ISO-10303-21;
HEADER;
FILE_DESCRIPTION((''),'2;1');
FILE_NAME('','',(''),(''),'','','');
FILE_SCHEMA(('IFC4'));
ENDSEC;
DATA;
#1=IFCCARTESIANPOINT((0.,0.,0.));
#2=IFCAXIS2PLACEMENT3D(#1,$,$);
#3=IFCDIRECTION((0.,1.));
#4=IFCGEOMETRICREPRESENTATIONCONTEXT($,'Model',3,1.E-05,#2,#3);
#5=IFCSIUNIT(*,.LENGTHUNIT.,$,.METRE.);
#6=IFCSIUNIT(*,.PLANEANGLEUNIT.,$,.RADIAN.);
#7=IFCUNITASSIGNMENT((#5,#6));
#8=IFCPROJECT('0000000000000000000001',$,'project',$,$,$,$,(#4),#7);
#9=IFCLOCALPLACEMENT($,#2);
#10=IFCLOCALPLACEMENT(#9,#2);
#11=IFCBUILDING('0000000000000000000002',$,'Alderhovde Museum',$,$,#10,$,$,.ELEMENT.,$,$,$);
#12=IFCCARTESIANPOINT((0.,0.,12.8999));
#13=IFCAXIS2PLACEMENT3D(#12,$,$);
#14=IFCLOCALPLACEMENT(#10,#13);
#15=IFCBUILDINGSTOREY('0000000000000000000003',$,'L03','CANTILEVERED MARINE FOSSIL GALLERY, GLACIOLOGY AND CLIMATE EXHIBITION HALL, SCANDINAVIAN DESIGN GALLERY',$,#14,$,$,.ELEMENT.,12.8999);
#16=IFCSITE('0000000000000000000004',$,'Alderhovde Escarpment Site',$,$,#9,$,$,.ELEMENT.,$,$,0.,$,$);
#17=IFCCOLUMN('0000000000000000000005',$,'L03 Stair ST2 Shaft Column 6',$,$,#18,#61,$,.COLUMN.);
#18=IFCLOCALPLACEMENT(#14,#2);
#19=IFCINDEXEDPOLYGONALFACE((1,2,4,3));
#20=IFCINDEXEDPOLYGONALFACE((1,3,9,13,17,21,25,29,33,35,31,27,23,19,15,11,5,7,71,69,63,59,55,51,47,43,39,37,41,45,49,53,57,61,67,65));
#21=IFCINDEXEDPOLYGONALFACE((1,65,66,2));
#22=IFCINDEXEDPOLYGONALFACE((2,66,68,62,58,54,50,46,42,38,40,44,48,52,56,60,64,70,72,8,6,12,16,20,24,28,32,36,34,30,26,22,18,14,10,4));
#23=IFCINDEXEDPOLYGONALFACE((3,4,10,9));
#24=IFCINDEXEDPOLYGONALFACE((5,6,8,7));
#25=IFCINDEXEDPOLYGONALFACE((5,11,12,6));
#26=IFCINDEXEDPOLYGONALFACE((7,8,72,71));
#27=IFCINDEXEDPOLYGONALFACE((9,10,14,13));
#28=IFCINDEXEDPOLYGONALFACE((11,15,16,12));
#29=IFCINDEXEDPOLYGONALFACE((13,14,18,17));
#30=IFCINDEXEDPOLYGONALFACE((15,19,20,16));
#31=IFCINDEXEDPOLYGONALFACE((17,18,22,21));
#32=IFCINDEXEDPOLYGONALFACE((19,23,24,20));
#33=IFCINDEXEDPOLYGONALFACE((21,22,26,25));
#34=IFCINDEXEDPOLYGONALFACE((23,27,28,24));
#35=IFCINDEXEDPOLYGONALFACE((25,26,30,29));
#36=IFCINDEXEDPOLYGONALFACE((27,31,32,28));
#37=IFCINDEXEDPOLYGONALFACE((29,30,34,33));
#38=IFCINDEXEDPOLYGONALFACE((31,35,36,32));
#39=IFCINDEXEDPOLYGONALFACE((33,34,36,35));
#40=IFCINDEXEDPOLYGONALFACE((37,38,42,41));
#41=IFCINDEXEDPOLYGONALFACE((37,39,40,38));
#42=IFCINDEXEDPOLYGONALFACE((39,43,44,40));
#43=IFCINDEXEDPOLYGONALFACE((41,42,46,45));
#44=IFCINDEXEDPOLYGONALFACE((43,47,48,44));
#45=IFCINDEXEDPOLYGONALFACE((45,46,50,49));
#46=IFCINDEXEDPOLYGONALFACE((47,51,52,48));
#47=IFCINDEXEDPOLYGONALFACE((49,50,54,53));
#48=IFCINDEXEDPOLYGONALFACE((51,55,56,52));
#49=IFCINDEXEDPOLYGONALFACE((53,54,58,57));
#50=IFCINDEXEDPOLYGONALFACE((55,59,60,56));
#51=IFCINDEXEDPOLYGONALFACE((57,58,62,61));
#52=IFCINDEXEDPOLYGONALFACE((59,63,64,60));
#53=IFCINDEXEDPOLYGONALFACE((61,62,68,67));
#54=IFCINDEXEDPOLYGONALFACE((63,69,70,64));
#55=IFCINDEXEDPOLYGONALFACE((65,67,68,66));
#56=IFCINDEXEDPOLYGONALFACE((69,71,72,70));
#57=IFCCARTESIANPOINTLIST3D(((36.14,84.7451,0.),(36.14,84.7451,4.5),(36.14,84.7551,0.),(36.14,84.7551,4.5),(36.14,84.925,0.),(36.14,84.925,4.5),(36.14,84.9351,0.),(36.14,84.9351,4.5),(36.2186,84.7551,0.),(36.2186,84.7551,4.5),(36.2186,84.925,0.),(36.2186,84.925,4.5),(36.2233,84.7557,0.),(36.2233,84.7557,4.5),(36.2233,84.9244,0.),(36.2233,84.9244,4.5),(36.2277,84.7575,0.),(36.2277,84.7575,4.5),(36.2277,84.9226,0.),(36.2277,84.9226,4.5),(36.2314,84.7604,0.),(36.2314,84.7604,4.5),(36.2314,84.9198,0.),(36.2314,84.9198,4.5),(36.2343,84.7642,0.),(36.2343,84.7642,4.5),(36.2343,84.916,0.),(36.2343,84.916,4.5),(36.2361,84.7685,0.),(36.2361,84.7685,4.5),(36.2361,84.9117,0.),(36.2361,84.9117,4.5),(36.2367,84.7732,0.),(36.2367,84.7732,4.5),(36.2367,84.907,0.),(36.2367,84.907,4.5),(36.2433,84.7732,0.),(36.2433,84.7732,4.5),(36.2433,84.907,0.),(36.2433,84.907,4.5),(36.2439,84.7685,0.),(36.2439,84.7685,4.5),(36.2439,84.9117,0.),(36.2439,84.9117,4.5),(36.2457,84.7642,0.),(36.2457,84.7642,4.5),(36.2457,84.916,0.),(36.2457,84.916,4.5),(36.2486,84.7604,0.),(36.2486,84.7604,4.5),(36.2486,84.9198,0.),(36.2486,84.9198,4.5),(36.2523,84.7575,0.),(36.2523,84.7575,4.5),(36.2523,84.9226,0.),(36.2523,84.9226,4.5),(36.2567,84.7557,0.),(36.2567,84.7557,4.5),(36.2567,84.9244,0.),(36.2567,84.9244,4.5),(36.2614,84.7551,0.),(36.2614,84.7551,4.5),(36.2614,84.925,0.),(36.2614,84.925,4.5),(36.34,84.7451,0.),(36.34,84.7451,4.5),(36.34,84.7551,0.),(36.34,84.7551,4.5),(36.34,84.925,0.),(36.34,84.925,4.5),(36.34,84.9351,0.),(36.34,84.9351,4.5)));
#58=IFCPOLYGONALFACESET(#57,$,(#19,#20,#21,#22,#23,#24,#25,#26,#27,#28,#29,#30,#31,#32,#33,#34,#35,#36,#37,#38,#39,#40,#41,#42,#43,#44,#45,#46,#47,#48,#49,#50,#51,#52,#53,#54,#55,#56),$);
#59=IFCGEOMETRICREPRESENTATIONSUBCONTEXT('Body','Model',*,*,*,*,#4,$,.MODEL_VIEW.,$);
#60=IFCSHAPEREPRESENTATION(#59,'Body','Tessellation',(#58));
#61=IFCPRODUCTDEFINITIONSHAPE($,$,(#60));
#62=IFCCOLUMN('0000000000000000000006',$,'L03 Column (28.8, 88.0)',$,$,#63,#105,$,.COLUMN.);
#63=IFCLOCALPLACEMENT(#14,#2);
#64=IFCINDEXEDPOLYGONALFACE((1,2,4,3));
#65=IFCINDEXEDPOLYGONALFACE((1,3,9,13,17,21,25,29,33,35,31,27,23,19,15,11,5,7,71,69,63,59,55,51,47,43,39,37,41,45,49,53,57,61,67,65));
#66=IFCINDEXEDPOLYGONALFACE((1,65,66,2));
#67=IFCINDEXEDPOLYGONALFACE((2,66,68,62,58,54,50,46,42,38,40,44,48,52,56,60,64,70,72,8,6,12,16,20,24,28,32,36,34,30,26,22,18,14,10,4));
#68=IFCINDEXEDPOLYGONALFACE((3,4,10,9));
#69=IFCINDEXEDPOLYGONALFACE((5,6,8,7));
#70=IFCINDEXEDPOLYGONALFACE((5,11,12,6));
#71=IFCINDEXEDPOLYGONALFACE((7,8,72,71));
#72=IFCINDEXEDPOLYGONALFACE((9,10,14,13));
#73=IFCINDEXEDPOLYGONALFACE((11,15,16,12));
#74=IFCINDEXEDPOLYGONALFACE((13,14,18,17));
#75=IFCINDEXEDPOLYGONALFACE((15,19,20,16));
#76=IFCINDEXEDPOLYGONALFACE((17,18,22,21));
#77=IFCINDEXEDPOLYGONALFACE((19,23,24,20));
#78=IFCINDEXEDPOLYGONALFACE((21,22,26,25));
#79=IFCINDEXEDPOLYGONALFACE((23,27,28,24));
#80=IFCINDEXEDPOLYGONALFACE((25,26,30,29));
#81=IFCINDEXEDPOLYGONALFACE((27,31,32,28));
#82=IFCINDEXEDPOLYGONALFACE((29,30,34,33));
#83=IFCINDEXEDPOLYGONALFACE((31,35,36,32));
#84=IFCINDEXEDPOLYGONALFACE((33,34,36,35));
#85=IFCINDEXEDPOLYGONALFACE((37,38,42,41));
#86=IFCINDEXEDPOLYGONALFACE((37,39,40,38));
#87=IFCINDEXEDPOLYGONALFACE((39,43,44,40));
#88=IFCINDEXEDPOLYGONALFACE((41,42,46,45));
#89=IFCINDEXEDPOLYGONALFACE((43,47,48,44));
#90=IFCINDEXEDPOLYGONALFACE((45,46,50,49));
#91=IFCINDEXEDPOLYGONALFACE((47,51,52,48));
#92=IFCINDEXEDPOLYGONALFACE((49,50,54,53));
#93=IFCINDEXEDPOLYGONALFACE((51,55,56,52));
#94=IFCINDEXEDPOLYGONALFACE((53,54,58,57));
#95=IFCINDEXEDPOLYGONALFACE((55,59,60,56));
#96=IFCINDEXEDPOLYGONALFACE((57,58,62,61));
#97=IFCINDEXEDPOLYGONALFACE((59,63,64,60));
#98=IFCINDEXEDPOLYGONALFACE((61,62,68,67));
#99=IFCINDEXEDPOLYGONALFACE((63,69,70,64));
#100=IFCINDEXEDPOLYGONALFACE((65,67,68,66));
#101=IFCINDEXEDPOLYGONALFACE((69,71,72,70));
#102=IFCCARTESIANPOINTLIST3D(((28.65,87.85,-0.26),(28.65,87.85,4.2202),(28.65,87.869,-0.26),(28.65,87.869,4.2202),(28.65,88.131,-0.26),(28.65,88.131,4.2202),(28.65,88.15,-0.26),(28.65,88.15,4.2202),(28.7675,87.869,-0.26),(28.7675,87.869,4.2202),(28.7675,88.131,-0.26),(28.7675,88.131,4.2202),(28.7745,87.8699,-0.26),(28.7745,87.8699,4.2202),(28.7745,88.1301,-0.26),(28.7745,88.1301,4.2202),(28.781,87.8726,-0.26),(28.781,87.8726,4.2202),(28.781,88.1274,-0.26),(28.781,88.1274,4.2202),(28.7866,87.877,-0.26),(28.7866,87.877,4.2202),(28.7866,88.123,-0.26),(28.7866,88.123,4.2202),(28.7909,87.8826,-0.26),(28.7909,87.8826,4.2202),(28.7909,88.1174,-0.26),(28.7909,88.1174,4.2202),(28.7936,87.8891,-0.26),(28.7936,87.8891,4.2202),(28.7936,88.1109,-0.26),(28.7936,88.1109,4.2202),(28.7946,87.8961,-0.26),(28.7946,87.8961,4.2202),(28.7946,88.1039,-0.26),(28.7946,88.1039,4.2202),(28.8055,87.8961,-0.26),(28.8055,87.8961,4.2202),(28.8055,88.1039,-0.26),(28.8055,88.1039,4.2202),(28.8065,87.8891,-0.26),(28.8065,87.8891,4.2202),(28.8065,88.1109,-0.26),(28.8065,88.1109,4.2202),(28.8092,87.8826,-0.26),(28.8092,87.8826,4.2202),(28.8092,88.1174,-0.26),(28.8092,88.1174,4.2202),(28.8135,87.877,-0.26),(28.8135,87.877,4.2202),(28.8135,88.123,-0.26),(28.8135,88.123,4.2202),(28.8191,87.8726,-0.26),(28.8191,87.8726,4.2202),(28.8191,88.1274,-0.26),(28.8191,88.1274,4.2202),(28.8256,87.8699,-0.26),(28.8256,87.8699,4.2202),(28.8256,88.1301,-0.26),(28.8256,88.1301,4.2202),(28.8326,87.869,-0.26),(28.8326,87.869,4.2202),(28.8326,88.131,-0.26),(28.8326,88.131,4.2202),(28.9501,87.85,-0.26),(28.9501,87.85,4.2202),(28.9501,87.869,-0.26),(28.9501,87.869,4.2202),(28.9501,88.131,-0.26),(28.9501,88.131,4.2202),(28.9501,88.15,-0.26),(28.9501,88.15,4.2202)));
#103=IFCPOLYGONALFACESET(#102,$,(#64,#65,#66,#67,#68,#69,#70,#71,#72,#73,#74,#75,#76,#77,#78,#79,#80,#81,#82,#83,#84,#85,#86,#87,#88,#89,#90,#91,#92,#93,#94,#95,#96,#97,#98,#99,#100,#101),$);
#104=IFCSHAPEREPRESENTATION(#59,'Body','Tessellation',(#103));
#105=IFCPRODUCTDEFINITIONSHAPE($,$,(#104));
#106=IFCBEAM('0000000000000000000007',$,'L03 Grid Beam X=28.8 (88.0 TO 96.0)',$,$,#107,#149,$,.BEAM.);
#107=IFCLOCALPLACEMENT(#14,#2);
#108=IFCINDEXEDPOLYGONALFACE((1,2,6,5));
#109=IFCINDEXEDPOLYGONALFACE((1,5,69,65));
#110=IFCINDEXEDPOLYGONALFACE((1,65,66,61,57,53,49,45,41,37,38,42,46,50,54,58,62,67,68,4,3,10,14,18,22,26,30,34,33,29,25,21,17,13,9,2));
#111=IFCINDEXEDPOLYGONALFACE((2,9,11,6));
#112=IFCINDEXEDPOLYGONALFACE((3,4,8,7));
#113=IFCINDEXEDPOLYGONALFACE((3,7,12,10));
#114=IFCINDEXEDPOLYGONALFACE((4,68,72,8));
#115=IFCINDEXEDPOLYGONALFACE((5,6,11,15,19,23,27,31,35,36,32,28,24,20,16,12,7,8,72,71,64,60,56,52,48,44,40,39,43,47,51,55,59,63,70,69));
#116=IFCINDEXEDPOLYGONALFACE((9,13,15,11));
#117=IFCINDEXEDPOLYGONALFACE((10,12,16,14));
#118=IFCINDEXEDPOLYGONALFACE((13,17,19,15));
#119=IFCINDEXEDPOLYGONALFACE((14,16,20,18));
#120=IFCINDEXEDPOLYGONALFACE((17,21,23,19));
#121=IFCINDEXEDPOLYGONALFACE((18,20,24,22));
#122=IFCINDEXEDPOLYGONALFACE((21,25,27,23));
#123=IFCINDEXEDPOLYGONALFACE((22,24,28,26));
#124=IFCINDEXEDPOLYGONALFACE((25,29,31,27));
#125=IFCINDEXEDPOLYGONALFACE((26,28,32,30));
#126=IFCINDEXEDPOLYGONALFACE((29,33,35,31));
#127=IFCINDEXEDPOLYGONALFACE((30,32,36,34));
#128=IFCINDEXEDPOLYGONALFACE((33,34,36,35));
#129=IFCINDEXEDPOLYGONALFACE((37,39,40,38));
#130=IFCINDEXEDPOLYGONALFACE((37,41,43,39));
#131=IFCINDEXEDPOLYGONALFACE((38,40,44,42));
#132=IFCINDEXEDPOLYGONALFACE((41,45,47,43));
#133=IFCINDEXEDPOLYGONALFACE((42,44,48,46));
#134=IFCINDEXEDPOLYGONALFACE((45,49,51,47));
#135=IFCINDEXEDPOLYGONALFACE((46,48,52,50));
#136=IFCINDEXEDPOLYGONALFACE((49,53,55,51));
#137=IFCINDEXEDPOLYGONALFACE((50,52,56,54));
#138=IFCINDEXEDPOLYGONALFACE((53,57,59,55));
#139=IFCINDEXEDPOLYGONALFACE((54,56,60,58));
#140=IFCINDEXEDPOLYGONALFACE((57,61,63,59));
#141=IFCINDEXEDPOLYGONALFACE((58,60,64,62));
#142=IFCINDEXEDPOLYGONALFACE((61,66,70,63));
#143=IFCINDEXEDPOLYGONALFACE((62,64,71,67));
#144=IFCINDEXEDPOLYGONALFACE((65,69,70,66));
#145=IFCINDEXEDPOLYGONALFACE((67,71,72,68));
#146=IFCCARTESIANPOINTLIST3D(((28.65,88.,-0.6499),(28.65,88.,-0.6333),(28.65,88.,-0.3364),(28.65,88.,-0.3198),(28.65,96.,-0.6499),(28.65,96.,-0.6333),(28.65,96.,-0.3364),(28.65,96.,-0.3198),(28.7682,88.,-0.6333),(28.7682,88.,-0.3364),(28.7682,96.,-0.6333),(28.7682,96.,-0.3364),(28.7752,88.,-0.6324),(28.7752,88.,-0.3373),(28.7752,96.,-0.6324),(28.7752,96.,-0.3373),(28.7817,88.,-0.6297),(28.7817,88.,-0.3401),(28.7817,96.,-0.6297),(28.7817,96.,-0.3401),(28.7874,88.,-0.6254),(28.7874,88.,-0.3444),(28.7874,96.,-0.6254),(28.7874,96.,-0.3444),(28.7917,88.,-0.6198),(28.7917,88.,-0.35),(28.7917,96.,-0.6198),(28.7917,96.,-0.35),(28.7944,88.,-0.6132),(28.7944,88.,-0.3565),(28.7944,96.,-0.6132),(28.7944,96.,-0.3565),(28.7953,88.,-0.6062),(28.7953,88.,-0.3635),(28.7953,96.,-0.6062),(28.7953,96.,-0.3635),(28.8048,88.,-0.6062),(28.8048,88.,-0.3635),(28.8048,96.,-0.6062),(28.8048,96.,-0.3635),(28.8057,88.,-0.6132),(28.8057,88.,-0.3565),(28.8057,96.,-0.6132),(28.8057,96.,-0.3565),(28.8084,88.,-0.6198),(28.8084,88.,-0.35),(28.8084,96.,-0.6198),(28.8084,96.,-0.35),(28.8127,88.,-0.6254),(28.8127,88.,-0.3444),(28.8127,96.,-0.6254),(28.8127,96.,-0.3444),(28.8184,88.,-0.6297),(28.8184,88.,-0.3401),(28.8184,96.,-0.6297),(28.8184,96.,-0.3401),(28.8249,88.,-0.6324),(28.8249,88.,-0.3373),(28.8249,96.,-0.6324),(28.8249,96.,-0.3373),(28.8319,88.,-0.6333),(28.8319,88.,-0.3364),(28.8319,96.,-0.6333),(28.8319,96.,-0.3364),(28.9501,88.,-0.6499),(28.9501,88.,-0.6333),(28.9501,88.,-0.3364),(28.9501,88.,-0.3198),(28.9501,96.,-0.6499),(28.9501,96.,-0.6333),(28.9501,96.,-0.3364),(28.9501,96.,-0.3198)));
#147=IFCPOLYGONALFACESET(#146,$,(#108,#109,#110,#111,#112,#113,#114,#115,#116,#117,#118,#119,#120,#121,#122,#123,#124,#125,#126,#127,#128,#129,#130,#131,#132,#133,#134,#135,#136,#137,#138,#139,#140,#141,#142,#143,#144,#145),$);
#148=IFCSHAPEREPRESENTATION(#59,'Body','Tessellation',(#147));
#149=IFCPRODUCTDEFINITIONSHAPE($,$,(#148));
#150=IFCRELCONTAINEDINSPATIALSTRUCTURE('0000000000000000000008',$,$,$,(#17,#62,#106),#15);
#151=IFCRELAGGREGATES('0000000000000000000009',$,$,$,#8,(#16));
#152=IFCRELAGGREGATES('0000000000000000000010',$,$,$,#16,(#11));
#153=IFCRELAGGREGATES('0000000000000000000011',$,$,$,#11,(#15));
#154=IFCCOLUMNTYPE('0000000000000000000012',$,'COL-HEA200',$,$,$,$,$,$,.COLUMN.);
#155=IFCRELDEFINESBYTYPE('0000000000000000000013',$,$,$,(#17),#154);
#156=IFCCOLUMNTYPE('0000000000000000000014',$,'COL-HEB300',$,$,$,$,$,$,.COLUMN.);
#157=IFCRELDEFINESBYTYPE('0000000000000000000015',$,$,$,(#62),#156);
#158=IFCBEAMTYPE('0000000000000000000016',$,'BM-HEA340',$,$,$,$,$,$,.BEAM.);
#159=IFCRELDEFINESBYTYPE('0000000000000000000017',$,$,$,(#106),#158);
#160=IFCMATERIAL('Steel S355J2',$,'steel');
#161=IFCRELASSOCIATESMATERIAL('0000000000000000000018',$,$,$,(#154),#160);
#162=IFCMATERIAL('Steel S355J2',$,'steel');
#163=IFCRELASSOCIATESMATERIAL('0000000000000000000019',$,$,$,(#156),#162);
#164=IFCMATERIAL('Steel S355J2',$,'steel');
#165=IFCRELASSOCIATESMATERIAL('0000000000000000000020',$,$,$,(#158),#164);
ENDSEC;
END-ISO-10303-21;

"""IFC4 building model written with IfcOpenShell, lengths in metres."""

from ifc_helpers import new_model, si_unit, direction, frame, origin, origin_2d, place, context, subcontext, project, spatial, i_section, extrude, material, material_profile, profile_set, type_object, element, save


model = new_model("IFC4")

# Units and contexts
model_context = context("Model", 3, precision=1e-05, world=origin(), true_north=direction((0.0, 1.0)))
body_context = subcontext(model_context, "Body", "Model", "MODEL_VIEW")
ifc_project = project(units=[si_unit("LENGTHUNIT", "METRE"), si_unit("PLANEANGLEUNIT", "RADIAN")], contexts=[model_context])

# Site, building, storey
site_placement = place(None, origin())
site = spatial("IfcSite", under=ifc_project, at=site_placement, Name="Alderhovde Escarpment Site", CompositionType="ELEMENT", RefElevation=0.0)
building_placement = place(site_placement, origin())
building = spatial("IfcBuilding", under=site, at=building_placement, Name="Alderhovde Museum", CompositionType="ELEMENT")
storey_placement = place(building_placement, frame((0.0, 0.0, 12.8999)))
storey = spatial("IfcBuildingStorey", under=building, at=storey_placement, Name="L03", Description="CANTILEVERED MARINE FOSSIL GALLERY, GLACIOLOGY AND CLIMATE EXHIBITION HALL, SCANDINAVIAN DESIGN GALLERY", CompositionType="ELEMENT", Elevation=12.8999)

# Columns
ifc_material_1 = material(Name="Steel S355J2", Category="steel")
ifc_material_profile_1 = material_profile(ifc_material_1, i_section(OverallWidth=0.2, OverallDepth=0.1899, WebThickness=0.0066, FlangeThickness=0.01, FilletRadius=0.0181, at=origin_2d()), Name="HEA 200")
ifc_profile_set_1 = profile_set([ifc_material_profile_1], Name="Steel S355J2")
column_type_1 = type_object("IfcColumnType", Name="COL-HEA200", PredefinedType="COLUMN", material=ifc_profile_set_1)
for number, where, z_axis, x_axis, name in (
    (1, (36.24, 84.8401, 0.0), (0.0, 0.0, 1.0), (1.0, 0.0, 0.0), "L03 Stair ST2 Shaft Column 6"),
):
    element("IfcColumn", number, at=place(storey_placement, frame(where, z_axis=z_axis, x_axis=x_axis)), inside=storey, type_object=column_type_1, Name=name, PredefinedType="COLUMN", context=body_context, shape_type="SweptSolid", body=[
        extrude(i_section(OverallWidth=0.2, OverallDepth=0.1899, WebThickness=0.0066, FlangeThickness=0.01, FilletRadius=0.0181, at=origin_2d()), origin(), (0.0, 0.0, 1.0), 4.5),
    ])
ifc_material_2 = material(Name="Steel S355J2", Category="steel")
ifc_material_profile_2 = material_profile(ifc_material_2, i_section(OverallWidth=0.3, OverallDepth=0.3, WebThickness=0.011, FlangeThickness=0.019, FilletRadius=0.0271, at=origin_2d()), Name="HEB 300")
ifc_profile_set_2 = profile_set([ifc_material_profile_2], Name="Steel S355J2")
column_type_2 = type_object("IfcColumnType", Name="COL-HEB300", PredefinedType="COLUMN", material=ifc_profile_set_2)
column_placement = place(storey_placement, frame((28.8, 88.0, -0.26), z_axis=(0.0, 0.0, 1.0), x_axis=(1.0, 0.0, 0.0)))
element("IfcColumn", 2, at=column_placement, inside=storey, type_object=column_type_2, Name="L03 Column (28.8, 88.0)", PredefinedType="COLUMN", context=body_context, shape_type="SweptSolid", body=[
    extrude(i_section(OverallWidth=0.3, OverallDepth=0.3, WebThickness=0.011, FlangeThickness=0.019, FilletRadius=0.0271, at=origin_2d()), origin(), (0.0, 0.0, 1.0), 4.4802),
])

# Beam
ifc_material_3 = material(Name="Steel S355J2", Category="steel")
ifc_material_profile_3 = material_profile(ifc_material_3, i_section(OverallWidth=0.3, OverallDepth=0.3301, WebThickness=0.0095, FlangeThickness=0.0166, FilletRadius=0.0271, at=origin_2d()), Name="HEA 340")
ifc_profile_set_3 = profile_set([ifc_material_profile_3], Name="Steel S355J2")
beam_type_1 = type_object("IfcBeamType", Name="BM-HEA340", PredefinedType="BEAM", material=ifc_profile_set_3)
beam_1_placement = place(storey_placement, frame((28.8, 88.0, -0.4849), z_axis=(0.0, 1.0, 0.0), x_axis=(-1.0, 0.0, 0.0)))
element("IfcBeam", 3, at=beam_1_placement, inside=storey, type_object=beam_type_1, Name="L03 Grid Beam X=28.8 (88.0 TO 96.0)", PredefinedType="BEAM", context=body_context, shape_type="SweptSolid", body=[
    extrude(i_section(OverallWidth=0.3, OverallDepth=0.3301, WebThickness=0.0095, FlangeThickness=0.0166, FilletRadius=0.0271, at=origin_2d()), origin(), (0.0, 0.0, 1.0), 8.0),
])

save(model, "model.ifc")
